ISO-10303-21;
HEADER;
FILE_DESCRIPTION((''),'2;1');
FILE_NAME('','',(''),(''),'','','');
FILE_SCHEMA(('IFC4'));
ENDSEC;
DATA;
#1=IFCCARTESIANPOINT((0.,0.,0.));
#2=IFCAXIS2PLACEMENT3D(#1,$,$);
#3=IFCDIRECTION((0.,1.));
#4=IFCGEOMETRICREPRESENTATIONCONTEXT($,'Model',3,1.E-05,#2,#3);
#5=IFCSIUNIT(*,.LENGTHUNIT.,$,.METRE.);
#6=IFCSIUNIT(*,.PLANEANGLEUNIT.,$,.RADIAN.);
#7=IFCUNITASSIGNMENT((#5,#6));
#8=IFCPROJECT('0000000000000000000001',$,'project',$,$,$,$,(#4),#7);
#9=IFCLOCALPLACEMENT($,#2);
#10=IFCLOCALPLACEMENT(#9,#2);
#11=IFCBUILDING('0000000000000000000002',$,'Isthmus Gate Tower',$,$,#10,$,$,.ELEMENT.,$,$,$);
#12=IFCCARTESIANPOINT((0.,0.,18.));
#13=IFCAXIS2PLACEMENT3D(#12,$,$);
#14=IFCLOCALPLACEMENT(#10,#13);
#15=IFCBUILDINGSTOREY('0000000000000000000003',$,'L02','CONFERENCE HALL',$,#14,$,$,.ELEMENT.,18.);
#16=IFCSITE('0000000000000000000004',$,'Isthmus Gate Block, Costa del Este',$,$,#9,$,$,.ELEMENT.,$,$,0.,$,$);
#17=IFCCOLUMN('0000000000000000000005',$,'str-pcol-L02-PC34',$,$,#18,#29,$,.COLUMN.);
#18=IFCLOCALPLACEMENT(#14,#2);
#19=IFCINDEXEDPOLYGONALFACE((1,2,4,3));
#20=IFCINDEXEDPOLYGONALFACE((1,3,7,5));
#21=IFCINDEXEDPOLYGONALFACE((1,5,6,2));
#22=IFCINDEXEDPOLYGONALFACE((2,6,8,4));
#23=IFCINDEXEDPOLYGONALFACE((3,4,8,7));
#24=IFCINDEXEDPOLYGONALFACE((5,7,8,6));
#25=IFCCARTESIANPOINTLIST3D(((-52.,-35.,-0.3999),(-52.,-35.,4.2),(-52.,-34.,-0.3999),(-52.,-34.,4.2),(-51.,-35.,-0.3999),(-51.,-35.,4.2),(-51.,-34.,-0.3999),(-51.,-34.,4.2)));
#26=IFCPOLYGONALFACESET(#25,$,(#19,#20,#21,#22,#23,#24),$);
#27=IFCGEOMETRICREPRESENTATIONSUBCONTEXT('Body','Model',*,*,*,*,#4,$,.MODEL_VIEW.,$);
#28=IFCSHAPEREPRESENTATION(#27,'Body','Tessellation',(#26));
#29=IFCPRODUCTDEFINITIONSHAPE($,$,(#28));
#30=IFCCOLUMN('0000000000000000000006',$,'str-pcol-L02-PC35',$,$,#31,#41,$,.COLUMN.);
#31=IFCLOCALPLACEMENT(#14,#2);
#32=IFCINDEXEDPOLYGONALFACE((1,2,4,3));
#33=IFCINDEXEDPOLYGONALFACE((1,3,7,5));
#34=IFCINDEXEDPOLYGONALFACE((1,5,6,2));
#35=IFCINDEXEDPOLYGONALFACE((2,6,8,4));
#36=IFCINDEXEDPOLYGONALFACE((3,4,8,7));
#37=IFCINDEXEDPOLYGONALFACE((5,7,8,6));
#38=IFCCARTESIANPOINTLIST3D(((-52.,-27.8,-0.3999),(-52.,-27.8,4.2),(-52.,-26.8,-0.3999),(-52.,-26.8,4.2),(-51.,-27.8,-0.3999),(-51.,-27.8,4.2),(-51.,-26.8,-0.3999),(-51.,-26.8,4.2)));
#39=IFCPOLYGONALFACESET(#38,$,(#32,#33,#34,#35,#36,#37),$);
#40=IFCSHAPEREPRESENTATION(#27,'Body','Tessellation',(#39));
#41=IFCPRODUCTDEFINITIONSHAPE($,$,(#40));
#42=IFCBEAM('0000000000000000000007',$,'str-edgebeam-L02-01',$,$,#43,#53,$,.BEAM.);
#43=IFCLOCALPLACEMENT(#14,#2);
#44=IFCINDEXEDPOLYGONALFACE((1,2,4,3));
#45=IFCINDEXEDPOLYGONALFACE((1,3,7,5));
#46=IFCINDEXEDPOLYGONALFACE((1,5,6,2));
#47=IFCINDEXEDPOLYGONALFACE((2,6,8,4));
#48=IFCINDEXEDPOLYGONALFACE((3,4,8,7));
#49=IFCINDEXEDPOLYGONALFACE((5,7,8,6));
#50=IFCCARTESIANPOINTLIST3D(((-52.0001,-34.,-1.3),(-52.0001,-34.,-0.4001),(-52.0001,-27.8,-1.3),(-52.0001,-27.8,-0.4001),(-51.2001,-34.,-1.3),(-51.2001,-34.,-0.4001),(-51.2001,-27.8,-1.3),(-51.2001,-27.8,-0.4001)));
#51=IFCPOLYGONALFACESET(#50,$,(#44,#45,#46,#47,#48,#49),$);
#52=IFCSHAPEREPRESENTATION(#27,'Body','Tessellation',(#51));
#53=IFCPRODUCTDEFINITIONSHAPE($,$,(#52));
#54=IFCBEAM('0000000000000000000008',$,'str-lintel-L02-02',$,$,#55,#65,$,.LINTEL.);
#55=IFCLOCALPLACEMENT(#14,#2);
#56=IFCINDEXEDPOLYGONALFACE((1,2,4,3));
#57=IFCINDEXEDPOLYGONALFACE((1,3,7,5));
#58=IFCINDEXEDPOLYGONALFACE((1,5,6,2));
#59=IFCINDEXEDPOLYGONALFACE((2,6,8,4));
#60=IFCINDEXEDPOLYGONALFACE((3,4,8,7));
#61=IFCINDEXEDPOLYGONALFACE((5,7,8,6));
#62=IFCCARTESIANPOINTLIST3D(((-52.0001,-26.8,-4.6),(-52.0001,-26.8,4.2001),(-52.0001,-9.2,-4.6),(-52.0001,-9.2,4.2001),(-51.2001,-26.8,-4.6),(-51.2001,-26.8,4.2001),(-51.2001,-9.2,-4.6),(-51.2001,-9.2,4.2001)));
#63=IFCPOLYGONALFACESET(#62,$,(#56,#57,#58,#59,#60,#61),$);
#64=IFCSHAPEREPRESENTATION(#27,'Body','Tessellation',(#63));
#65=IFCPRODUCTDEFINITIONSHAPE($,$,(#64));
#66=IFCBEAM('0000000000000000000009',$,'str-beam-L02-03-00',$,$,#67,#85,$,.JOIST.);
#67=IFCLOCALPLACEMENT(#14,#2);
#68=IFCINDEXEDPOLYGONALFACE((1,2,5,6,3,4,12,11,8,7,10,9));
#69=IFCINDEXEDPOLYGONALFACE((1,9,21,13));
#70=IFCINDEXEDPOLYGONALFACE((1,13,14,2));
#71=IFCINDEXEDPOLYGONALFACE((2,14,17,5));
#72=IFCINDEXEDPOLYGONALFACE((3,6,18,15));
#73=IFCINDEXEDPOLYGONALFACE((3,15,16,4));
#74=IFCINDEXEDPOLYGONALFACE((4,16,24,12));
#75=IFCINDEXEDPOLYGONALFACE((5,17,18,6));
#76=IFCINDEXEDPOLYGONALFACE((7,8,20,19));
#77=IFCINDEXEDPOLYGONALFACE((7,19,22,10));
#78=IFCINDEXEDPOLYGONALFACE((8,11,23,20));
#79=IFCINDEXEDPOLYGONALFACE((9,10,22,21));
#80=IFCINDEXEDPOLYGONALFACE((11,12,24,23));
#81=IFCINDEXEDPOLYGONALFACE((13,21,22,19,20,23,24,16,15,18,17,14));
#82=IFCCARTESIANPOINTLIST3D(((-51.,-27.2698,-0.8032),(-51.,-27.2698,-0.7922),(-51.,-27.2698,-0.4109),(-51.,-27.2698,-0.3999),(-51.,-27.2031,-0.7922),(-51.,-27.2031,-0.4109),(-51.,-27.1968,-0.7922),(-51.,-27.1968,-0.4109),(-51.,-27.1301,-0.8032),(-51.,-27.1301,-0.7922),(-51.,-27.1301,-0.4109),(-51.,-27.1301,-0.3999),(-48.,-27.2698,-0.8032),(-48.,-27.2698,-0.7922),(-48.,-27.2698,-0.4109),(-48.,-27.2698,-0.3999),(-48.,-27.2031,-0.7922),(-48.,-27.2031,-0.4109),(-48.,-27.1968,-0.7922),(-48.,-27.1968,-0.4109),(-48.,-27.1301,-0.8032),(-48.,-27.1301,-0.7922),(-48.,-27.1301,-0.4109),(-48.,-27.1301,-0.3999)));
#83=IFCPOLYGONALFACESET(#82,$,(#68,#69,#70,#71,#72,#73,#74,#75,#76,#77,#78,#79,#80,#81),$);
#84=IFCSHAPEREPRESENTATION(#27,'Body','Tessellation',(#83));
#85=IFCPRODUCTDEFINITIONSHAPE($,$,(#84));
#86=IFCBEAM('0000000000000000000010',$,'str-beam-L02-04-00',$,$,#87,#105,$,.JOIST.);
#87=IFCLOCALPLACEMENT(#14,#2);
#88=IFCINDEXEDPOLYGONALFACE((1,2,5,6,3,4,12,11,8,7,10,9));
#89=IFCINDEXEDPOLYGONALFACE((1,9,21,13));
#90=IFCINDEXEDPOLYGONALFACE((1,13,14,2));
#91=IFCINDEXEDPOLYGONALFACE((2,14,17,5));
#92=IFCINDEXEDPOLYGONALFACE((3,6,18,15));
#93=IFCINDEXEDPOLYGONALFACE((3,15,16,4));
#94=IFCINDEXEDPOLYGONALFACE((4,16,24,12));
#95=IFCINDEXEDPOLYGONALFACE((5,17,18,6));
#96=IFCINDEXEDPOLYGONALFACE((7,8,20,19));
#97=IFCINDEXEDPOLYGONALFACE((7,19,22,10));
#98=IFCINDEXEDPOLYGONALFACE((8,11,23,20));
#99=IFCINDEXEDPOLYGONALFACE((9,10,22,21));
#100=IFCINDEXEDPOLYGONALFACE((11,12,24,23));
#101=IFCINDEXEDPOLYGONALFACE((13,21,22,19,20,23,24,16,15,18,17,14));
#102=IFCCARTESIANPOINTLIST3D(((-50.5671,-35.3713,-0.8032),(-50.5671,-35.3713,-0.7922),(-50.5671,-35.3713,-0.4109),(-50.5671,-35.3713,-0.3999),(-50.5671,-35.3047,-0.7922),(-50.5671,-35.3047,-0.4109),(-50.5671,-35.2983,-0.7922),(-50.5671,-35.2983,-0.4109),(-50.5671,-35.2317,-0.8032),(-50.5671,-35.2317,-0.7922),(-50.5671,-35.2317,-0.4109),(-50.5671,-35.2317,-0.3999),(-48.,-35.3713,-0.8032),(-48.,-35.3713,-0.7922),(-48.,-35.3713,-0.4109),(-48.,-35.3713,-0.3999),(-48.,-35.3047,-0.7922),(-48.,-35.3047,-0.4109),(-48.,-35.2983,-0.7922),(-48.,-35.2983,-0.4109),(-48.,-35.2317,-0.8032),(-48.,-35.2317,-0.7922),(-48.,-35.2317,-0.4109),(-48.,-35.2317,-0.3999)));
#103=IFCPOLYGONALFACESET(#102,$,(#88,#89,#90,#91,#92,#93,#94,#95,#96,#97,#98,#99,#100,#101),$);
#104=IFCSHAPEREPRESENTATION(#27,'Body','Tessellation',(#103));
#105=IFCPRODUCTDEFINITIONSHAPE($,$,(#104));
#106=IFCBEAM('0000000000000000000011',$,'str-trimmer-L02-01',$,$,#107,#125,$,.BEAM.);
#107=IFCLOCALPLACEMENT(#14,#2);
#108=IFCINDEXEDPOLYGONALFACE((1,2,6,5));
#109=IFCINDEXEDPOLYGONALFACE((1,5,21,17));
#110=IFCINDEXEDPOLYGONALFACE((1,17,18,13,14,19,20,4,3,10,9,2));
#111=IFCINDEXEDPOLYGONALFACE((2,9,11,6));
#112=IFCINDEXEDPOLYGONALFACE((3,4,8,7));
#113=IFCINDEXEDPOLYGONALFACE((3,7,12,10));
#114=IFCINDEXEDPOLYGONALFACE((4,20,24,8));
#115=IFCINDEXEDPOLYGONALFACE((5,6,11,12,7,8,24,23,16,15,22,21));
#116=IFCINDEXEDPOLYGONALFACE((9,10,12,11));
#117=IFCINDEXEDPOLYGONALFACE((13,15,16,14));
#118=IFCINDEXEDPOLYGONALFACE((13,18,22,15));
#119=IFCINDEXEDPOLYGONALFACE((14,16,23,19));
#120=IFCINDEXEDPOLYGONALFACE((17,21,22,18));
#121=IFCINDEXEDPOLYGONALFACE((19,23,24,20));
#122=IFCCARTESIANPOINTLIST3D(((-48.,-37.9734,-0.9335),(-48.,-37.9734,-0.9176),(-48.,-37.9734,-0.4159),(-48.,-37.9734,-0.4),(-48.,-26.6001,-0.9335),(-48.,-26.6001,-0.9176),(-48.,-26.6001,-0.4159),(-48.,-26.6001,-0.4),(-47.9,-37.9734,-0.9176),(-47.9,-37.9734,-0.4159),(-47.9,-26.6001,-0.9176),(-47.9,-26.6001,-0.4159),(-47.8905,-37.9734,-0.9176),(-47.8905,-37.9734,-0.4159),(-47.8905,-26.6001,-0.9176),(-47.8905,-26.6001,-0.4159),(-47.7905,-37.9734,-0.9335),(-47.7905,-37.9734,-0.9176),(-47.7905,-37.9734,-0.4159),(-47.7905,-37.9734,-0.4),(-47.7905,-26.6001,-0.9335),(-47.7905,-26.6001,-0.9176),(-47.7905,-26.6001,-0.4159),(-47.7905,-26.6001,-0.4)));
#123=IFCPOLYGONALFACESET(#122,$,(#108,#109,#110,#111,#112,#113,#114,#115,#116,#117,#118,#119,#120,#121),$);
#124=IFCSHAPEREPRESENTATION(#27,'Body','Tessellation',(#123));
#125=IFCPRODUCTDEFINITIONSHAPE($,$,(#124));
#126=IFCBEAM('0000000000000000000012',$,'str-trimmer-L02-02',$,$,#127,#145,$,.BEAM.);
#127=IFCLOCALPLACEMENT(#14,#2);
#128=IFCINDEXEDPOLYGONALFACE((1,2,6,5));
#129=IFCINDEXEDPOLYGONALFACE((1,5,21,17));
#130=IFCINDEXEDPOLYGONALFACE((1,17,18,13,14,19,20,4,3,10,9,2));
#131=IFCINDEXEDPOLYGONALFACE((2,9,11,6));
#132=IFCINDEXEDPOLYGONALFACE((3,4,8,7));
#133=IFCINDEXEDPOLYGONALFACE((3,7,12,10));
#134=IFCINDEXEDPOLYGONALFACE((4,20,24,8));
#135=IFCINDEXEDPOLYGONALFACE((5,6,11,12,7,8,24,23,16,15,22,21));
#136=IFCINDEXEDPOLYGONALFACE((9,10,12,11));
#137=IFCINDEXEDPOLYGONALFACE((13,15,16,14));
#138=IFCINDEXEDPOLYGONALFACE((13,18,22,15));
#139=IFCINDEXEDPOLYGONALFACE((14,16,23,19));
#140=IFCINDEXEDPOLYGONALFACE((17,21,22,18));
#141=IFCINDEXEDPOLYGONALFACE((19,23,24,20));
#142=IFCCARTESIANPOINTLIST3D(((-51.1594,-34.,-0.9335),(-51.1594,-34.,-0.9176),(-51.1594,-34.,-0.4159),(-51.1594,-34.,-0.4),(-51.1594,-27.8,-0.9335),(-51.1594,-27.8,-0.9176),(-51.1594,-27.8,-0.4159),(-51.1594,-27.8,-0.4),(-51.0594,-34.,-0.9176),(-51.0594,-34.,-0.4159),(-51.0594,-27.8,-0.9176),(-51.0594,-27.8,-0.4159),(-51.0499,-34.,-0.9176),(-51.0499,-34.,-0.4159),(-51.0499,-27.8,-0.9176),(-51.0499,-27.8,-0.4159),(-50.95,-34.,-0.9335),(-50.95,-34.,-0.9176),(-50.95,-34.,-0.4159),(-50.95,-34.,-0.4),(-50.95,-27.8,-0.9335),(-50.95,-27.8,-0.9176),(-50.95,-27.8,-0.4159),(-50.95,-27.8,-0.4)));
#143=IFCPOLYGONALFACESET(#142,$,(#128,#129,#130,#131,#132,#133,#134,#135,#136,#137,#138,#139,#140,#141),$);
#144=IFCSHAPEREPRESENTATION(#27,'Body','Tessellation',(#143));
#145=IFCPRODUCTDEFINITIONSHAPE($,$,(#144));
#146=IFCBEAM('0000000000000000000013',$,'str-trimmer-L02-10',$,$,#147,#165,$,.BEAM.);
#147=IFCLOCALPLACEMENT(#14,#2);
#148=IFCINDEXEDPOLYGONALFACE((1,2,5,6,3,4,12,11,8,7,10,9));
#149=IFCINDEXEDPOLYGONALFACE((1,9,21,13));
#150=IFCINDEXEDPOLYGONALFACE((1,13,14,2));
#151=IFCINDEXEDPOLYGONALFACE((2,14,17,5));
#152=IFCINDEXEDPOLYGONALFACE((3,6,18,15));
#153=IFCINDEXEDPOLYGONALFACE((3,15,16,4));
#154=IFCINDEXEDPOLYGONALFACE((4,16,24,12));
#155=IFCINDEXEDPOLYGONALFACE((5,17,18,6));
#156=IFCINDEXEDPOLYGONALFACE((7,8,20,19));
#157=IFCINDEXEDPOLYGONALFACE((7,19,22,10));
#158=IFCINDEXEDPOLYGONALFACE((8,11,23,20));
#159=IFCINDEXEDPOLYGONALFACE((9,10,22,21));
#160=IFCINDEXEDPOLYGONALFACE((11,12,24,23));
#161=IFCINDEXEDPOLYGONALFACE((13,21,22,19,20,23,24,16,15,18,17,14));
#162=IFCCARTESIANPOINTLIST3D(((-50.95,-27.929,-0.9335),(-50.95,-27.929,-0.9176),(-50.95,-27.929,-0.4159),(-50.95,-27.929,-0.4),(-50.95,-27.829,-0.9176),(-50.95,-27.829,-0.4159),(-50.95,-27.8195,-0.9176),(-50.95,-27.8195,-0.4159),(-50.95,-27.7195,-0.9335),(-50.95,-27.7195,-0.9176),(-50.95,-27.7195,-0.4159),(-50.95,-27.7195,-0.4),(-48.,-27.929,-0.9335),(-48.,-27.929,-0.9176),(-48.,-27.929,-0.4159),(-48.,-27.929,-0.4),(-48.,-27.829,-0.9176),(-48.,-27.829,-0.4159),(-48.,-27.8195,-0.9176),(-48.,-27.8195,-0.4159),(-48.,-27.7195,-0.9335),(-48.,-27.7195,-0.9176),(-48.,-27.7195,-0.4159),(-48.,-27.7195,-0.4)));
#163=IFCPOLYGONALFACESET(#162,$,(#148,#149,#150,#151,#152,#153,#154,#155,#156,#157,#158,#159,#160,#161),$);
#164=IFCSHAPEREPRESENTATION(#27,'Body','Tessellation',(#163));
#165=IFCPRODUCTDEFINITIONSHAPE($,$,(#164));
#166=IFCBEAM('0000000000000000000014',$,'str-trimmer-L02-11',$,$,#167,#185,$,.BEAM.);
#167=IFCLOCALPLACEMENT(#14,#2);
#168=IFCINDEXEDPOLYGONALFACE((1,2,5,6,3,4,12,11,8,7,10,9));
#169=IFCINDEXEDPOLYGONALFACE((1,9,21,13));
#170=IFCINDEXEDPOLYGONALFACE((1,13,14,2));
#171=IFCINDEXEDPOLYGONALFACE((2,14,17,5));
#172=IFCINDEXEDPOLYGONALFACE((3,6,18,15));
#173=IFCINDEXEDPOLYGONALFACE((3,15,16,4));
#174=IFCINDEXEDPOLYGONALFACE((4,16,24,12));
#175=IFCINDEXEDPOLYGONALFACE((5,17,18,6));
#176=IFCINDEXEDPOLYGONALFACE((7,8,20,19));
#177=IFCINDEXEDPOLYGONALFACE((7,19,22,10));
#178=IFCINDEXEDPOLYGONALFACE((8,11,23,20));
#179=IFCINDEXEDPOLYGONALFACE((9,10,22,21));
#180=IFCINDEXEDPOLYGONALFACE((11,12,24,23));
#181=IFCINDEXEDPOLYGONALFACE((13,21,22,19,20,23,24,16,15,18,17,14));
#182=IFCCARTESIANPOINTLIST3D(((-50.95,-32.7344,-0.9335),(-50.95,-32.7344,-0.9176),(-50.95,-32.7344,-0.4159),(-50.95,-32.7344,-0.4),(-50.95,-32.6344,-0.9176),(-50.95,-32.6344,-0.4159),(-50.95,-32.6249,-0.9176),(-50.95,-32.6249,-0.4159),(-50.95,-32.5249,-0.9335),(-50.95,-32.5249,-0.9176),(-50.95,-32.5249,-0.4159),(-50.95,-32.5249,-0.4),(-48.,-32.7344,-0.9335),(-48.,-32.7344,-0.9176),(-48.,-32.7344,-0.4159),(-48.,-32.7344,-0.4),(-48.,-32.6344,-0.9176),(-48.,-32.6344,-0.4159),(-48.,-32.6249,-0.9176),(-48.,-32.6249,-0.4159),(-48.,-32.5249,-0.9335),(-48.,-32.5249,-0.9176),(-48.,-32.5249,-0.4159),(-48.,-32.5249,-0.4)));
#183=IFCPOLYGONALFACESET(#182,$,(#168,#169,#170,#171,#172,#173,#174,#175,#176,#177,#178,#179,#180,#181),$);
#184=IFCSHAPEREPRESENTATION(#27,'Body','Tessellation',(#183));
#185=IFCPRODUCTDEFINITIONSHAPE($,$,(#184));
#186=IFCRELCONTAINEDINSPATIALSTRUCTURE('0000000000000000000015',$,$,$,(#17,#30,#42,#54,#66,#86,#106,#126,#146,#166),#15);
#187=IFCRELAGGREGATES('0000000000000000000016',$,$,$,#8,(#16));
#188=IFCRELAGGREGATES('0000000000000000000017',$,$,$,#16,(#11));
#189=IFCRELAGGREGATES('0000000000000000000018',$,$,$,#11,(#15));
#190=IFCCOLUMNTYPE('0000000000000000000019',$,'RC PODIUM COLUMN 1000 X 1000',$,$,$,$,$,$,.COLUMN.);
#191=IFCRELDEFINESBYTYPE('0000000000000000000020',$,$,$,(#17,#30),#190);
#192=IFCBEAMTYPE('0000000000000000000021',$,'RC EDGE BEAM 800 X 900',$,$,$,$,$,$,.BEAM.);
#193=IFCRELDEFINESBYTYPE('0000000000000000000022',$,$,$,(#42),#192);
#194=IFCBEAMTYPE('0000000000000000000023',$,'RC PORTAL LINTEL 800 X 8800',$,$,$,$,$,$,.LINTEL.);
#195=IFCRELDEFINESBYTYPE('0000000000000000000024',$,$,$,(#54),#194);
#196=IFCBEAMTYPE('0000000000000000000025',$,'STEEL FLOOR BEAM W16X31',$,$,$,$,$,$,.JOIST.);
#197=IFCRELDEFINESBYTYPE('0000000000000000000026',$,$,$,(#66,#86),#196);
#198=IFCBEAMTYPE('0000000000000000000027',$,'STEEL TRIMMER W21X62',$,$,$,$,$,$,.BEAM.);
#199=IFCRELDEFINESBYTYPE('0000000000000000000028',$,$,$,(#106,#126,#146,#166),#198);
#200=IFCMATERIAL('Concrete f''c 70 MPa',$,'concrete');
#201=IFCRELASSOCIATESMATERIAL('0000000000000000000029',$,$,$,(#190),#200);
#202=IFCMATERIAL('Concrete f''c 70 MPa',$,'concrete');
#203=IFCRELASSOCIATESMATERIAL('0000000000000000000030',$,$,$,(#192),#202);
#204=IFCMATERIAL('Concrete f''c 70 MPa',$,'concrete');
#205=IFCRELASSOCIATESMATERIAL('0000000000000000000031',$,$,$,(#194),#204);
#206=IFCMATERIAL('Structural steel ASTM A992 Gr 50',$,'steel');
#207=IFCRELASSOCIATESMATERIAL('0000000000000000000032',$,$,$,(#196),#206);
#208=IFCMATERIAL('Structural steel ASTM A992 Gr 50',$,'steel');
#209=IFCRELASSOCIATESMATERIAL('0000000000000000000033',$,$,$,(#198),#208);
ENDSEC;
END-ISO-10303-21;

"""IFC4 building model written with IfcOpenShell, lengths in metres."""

from ifc_helpers import new_model, si_unit, direction, frame, origin, origin_2d, place, context, subcontext, project, spatial, rectangle, i_section, extrude, material, material_profile, profile_set, type_object, element, save


model = new_model("IFC4")

# Units and contexts
model_context = context("Model", 3, precision=1e-05, world=origin(), true_north=direction((0.0, 1.0)))
body_context = subcontext(model_context, "Body", "Model", "MODEL_VIEW")
ifc_project = project(units=[si_unit("LENGTHUNIT", "METRE"), si_unit("PLANEANGLEUNIT", "RADIAN")], contexts=[model_context])

# Site, building, storey
site_placement = place(None, origin())
site = spatial("IfcSite", under=ifc_project, at=site_placement, Name="Isthmus Gate Block, Costa del Este", CompositionType="ELEMENT", RefElevation=0.0)
building_placement = place(site_placement, origin())
building = spatial("IfcBuilding", under=site, at=building_placement, Name="Isthmus Gate Tower", CompositionType="ELEMENT")
storey_placement = place(building_placement, frame((0.0, 0.0, 18.0)))
storey = spatial("IfcBuildingStorey", under=building, at=storey_placement, Name="L02", Description="CONFERENCE HALL", CompositionType="ELEMENT", Elevation=18.0)

# Columns
ifc_material_1 = material(Name="Concrete f'c 70 MPa", Category="concrete")
ifc_material_profile_1 = material_profile(ifc_material_1, rectangle(XDim=1.0, YDim=1.0, at=origin_2d()), Name="RC 1000X1000")
ifc_profile_set_1 = profile_set([ifc_material_profile_1], Name="Concrete f'c 70 MPa")
column_type = type_object("IfcColumnType", Name="RC PODIUM COLUMN 1000 X 1000", PredefinedType="COLUMN", material=ifc_profile_set_1)
for number, where, z_axis, x_axis, name in (
    (1, (-51.5, -34.5, -0.3999), (0.0, 0.0, 1.0), (0.0, -1.0, 0.0), "str-pcol-L02-PC34"),
    (2, (-51.5, -27.3, -0.3999), (0.0, 0.0, 1.0), (0.0, 1.0, 0.0), "str-pcol-L02-PC35"),
):
    element("IfcColumn", number, at=place(storey_placement, frame(where, z_axis=z_axis, x_axis=x_axis)), inside=storey, type_object=column_type, Name=name, PredefinedType="COLUMN", context=body_context, shape_type="SweptSolid", body=[
        extrude(rectangle(XDim=1.0, YDim=1.0, at=origin_2d()), origin(), (0.0, 0.0, 1.0), 4.5999),
    ])

# Beams
ifc_material_2 = material(Name="Concrete f'c 70 MPa", Category="concrete")
ifc_material_profile_2 = material_profile(ifc_material_2, rectangle(XDim=0.8, YDim=0.8999, at=origin_2d()), Name="RC 800X900")
ifc_profile_set_2 = profile_set([ifc_material_profile_2], Name="Concrete f'c 70 MPa")
beam_type_1 = type_object("IfcBeamType", Name="RC EDGE BEAM 800 X 900", PredefinedType="BEAM", material=ifc_profile_set_2)
beam_1_placement = place(storey_placement, frame((-51.6001, -34.0, -0.8501), z_axis=(0.0, 1.0, 0.0), x_axis=(-1.0, 0.0, 0.0)))
element("IfcBeam", 3, at=beam_1_placement, inside=storey, type_object=beam_type_1, Name="str-edgebeam-L02-01", PredefinedType="BEAM", context=body_context, shape_type="SweptSolid", body=[
    extrude(rectangle(XDim=0.8, YDim=0.8999, at=origin_2d()), origin(), (0.0, 0.0, 1.0), 6.2),
])
ifc_material_3 = material(Name="Concrete f'c 70 MPa", Category="concrete")
ifc_material_profile_3 = material_profile(ifc_material_3, rectangle(XDim=0.8, YDim=8.8, at=origin_2d()), Name="RC 800X8800")
ifc_profile_set_3 = profile_set([ifc_material_profile_3], Name="Concrete f'c 70 MPa")
beam_type_2 = type_object("IfcBeamType", Name="RC PORTAL LINTEL 800 X 8800", PredefinedType="LINTEL", material=ifc_profile_set_3)
beam_2_placement = place(storey_placement, frame((-51.6001, -26.8, -0.2), z_axis=(0.0, 1.0, 0.0), x_axis=(-1.0, 0.0, 0.0)))
element("IfcBeam", 4, at=beam_2_placement, inside=storey, type_object=beam_type_2, Name="str-lintel-L02-02", PredefinedType="LINTEL", context=body_context, shape_type="SweptSolid", body=[
    extrude(rectangle(XDim=0.8, YDim=8.8, at=origin_2d()), origin(), (0.0, 0.0, 1.0), 17.6001),
])
ifc_material_4 = material(Name="Structural steel ASTM A992 Gr 50", Category="steel")
ifc_material_profile_4 = material_profile(ifc_material_4, i_section(OverallWidth=0.1396, OverallDepth=0.4033, WebThickness=0.0063, FlangeThickness=0.011, at=origin_2d()), Name="W16X31")
ifc_profile_set_4 = profile_set([ifc_material_profile_4], Name="Structural steel ASTM A992 Gr 50")
beam_type_3 = type_object("IfcBeamType", Name="STEEL FLOOR BEAM W16X31", PredefinedType="JOIST", material=ifc_profile_set_4)
beam_3_placement = place(storey_placement, frame((-51.0, -27.2, -0.6016), z_axis=(1.0, 0.0, 0.0), x_axis=(0.0, 1.0, 0.0)))
element("IfcBeam", 5, at=beam_3_placement, inside=storey, type_object=beam_type_3, Name="str-beam-L02-03-00", PredefinedType="JOIST", context=body_context, shape_type="SweptSolid", body=[
    extrude(i_section(OverallWidth=0.1396, OverallDepth=0.4033, WebThickness=0.0063, FlangeThickness=0.011, at=origin_2d()), origin(), (0.0, 0.0, 1.0), 3.0),
])
beam_4_placement = place(storey_placement, frame((-50.5671, -35.3015, -0.6016), z_axis=(1.0, 0.0, 0.0), x_axis=(0.0, 1.0, 0.0)))
element("IfcBeam", 6, at=beam_4_placement, inside=storey, type_object=beam_type_3, Name="str-beam-L02-04-00", PredefinedType="JOIST", context=body_context, shape_type="SweptSolid", body=[
    extrude(i_section(OverallWidth=0.1396, OverallDepth=0.4033, WebThickness=0.0063, FlangeThickness=0.011, at=origin_2d()), origin(), (0.0, 0.0, 1.0), 2.5671),
])
ifc_material_5 = material(Name="Structural steel ASTM A992 Gr 50", Category="steel")
ifc_material_profile_5 = material_profile(ifc_material_5, i_section(OverallWidth=0.2095, OverallDepth=0.5334, WebThickness=0.0095, FlangeThickness=0.0159, at=origin_2d()), Name="W21X62")
ifc_profile_set_5 = profile_set([ifc_material_profile_5], Name="Structural steel ASTM A992 Gr 50")
beam_type_4 = type_object("IfcBeamType", Name="STEEL TRIMMER W21X62", PredefinedType="BEAM", material=ifc_profile_set_5)
beam_5_placement = place(storey_placement, frame((-47.8953, -37.9734, -0.6667), z_axis=(0.0, 1.0, 0.0), x_axis=(-1.0, 0.0, 0.0)))
element("IfcBeam", 7, at=beam_5_placement, inside=storey, type_object=beam_type_4, Name="str-trimmer-L02-01", PredefinedType="BEAM", context=body_context, shape_type="SweptSolid", body=[
    extrude(i_section(OverallWidth=0.2095, OverallDepth=0.5334, WebThickness=0.0095, FlangeThickness=0.0159, at=origin_2d()), origin(), (0.0, 0.0, 1.0), 11.3733),
])
beam_6_placement = place(storey_placement, frame((-51.0547, -27.8, -0.6667), z_axis=(0.0, -1.0, 0.0), x_axis=(1.0, 0.0, 0.0)))
element("IfcBeam", 8, at=beam_6_placement, inside=storey, type_object=beam_type_4, Name="str-trimmer-L02-02", PredefinedType="BEAM", context=body_context, shape_type="SweptSolid", body=[
    extrude(i_section(OverallWidth=0.2095, OverallDepth=0.5334, WebThickness=0.0095, FlangeThickness=0.0159, at=origin_2d()), origin(), (0.0, 0.0, 1.0), 6.2),
])
for number, where, z_axis, x_axis, name in (
    (9, (-48.0, -27.8242, -0.6667), (-1.0, 0.0, 0.0), (0.0, -1.0, 0.0), "str-trimmer-L02-10"),
    (10, (-50.95, -32.6296, -0.6667), (1.0, 0.0, 0.0), (0.0, 1.0, 0.0), "str-trimmer-L02-11"),
):
    element("IfcBeam", number, at=place(storey_placement, frame(where, z_axis=z_axis, x_axis=x_axis)), inside=storey, type_object=beam_type_4, Name=name, PredefinedType="BEAM", context=body_context, shape_type="SweptSolid", body=[
        extrude(i_section(OverallWidth=0.2095, OverallDepth=0.5334, WebThickness=0.0095, FlangeThickness=0.0159, at=origin_2d()), origin(), (0.0, 0.0, 1.0), 2.95),
    ])

save(model, "model.ifc")
